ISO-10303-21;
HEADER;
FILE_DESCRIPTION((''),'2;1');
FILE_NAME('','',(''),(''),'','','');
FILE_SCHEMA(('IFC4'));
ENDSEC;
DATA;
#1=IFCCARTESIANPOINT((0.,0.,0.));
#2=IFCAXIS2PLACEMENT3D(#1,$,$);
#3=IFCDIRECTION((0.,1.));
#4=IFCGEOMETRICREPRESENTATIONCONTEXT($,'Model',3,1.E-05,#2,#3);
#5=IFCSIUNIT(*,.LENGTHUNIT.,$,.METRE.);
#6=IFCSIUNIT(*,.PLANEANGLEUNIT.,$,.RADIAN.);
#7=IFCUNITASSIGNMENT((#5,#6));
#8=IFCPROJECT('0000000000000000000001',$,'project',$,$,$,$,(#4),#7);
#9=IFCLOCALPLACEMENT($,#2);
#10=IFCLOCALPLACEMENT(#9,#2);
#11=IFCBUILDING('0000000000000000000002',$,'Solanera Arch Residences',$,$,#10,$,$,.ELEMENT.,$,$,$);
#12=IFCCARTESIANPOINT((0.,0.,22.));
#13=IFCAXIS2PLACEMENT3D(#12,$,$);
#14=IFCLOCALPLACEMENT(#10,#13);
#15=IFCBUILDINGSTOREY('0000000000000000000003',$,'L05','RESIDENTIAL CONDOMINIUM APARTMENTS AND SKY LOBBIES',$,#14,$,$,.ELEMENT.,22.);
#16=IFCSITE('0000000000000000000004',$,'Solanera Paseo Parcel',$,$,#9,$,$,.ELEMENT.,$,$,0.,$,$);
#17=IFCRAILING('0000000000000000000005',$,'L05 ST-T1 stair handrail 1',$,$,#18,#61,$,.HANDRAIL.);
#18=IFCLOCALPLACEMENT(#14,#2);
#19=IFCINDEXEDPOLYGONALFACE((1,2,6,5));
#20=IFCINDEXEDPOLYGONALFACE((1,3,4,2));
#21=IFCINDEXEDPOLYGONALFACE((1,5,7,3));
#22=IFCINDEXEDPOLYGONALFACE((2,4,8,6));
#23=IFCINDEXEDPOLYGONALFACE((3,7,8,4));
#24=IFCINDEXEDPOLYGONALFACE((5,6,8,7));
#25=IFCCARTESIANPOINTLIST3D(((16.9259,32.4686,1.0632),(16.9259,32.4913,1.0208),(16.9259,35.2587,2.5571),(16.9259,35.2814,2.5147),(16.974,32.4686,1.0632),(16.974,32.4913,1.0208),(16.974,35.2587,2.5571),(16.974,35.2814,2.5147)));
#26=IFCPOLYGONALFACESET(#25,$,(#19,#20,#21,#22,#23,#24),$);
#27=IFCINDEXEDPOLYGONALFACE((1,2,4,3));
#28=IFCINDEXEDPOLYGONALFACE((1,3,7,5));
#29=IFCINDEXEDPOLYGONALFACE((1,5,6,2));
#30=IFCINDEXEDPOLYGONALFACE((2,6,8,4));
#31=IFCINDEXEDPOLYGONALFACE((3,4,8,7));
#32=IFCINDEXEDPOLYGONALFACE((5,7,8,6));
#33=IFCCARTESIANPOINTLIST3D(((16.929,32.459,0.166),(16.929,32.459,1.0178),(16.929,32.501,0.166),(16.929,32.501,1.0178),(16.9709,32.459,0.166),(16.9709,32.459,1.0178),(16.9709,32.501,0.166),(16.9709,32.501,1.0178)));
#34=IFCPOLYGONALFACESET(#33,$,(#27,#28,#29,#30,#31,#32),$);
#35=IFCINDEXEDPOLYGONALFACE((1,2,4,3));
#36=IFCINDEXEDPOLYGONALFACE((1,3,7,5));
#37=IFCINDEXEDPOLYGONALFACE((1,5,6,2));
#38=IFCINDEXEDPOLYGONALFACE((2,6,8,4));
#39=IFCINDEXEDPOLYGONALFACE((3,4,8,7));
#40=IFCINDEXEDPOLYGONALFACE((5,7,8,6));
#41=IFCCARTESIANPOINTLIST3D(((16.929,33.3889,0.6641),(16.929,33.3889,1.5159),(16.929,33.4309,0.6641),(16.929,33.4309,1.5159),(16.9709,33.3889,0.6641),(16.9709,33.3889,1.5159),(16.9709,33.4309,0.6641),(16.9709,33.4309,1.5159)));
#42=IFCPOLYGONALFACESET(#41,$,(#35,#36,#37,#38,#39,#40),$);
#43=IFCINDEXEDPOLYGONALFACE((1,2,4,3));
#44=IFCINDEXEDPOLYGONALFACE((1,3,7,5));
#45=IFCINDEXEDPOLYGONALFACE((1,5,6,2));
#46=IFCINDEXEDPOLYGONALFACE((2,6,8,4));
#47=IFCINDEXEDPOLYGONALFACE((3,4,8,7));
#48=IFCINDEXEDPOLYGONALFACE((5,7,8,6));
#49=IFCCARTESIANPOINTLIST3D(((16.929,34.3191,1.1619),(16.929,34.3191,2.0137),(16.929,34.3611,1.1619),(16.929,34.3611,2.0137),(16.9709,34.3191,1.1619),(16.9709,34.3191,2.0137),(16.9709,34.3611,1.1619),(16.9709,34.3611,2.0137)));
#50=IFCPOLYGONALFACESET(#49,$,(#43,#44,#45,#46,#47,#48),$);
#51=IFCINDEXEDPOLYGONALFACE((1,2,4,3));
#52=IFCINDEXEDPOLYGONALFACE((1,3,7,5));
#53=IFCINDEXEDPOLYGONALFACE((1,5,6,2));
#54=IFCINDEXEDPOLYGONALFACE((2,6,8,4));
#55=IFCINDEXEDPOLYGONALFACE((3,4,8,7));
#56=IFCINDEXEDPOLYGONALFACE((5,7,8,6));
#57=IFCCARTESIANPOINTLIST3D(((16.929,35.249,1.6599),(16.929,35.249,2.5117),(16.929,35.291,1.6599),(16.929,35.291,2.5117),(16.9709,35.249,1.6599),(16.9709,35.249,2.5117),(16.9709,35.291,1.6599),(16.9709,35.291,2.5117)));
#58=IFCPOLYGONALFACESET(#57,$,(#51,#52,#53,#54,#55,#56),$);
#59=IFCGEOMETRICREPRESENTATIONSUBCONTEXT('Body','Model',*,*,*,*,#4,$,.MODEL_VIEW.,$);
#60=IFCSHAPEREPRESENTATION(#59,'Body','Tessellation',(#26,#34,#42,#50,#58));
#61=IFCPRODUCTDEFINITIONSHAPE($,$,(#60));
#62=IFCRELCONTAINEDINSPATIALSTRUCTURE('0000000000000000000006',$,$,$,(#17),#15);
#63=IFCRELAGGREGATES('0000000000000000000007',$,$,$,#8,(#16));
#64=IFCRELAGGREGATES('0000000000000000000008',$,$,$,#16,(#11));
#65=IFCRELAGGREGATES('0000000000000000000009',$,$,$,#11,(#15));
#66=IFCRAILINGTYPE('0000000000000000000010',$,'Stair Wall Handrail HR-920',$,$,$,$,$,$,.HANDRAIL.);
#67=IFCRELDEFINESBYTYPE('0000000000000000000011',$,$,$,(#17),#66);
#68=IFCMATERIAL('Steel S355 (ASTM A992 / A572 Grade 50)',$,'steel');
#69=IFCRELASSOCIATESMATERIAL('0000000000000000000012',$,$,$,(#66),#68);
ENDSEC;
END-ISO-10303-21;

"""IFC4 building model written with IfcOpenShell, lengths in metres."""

from ifc_helpers import new_model, si_unit, direction, frame, origin, origin_2d, place, context, subcontext, project, spatial, rectangle, extrude, material, type_object, element, save


model = new_model("IFC4")

# Units and contexts
model_context = context("Model", 3, precision=1e-05, world=origin(), true_north=direction((0.0, 1.0)))
body_context = subcontext(model_context, "Body", "Model", "MODEL_VIEW")
ifc_project = project(units=[si_unit("LENGTHUNIT", "METRE"), si_unit("PLANEANGLEUNIT", "RADIAN")], contexts=[model_context])

# Site, building, storey
site_placement = place(None, origin())
site = spatial("IfcSite", under=ifc_project, at=site_placement, Name="Solanera Paseo Parcel", CompositionType="ELEMENT", RefElevation=0.0)
building_placement = place(site_placement, origin())
building = spatial("IfcBuilding", under=site, at=building_placement, Name="Solanera Arch Residences", CompositionType="ELEMENT")
storey_placement = place(building_placement, frame((0.0, 0.0, 22.0)))
storey = spatial("IfcBuildingStorey", under=building, at=storey_placement, Name="L05", Description="RESIDENTIAL CONDOMINIUM APARTMENTS AND SKY LOBBIES", CompositionType="ELEMENT", Elevation=22.0)

# Railing
ifc_material_1 = material(Name="Steel S355 (ASTM A992 / A572 Grade 50)", Category="steel")
railing_type_1 = type_object("IfcRailingType", Name="Stair Wall Handrail HR-920", PredefinedType="HANDRAIL", material=ifc_material_1)
railing_1_placement = place(storey_placement, frame((16.95, 32.48, 0.166)))
element("IfcRailing", 1, at=railing_1_placement, inside=storey, type_object=railing_type_1, Name="L05 ST-T1 stair handrail 1", PredefinedType="HANDRAIL", context=body_context, shape_type="SweptSolid", body=[
    extrude(rectangle(XDim=0.0481, YDim=0.0481, at=origin_2d()), frame((0.0, 0.0, 0.876), z_axis=(0.0, 0.881581, 0.472033), x_axis=(-1.0, 0.0, 0.0)), (0.0, 0.0, 1.0), 3.1648),
    extrude(rectangle(XDim=0.042, YDim=0.042, at=origin_2d()), origin(), (0.0, 0.0, 1.0), 0.8518),
    extrude(rectangle(XDim=0.042, YDim=0.042, at=origin_2d()), frame((0.0, 0.9299, 0.498)), (0.0, 0.0, 1.0), 0.8518),
    extrude(rectangle(XDim=0.042, YDim=0.042, at=origin_2d()), frame((0.0, 1.8601, 0.9958)), (0.0, 0.0, 1.0), 0.8518),
    extrude(rectangle(XDim=0.042, YDim=0.042, at=origin_2d()), frame((0.0, 2.79, 1.4939)), (0.0, 0.0, 1.0), 0.8518),
])

save(model, "model.ifc")
